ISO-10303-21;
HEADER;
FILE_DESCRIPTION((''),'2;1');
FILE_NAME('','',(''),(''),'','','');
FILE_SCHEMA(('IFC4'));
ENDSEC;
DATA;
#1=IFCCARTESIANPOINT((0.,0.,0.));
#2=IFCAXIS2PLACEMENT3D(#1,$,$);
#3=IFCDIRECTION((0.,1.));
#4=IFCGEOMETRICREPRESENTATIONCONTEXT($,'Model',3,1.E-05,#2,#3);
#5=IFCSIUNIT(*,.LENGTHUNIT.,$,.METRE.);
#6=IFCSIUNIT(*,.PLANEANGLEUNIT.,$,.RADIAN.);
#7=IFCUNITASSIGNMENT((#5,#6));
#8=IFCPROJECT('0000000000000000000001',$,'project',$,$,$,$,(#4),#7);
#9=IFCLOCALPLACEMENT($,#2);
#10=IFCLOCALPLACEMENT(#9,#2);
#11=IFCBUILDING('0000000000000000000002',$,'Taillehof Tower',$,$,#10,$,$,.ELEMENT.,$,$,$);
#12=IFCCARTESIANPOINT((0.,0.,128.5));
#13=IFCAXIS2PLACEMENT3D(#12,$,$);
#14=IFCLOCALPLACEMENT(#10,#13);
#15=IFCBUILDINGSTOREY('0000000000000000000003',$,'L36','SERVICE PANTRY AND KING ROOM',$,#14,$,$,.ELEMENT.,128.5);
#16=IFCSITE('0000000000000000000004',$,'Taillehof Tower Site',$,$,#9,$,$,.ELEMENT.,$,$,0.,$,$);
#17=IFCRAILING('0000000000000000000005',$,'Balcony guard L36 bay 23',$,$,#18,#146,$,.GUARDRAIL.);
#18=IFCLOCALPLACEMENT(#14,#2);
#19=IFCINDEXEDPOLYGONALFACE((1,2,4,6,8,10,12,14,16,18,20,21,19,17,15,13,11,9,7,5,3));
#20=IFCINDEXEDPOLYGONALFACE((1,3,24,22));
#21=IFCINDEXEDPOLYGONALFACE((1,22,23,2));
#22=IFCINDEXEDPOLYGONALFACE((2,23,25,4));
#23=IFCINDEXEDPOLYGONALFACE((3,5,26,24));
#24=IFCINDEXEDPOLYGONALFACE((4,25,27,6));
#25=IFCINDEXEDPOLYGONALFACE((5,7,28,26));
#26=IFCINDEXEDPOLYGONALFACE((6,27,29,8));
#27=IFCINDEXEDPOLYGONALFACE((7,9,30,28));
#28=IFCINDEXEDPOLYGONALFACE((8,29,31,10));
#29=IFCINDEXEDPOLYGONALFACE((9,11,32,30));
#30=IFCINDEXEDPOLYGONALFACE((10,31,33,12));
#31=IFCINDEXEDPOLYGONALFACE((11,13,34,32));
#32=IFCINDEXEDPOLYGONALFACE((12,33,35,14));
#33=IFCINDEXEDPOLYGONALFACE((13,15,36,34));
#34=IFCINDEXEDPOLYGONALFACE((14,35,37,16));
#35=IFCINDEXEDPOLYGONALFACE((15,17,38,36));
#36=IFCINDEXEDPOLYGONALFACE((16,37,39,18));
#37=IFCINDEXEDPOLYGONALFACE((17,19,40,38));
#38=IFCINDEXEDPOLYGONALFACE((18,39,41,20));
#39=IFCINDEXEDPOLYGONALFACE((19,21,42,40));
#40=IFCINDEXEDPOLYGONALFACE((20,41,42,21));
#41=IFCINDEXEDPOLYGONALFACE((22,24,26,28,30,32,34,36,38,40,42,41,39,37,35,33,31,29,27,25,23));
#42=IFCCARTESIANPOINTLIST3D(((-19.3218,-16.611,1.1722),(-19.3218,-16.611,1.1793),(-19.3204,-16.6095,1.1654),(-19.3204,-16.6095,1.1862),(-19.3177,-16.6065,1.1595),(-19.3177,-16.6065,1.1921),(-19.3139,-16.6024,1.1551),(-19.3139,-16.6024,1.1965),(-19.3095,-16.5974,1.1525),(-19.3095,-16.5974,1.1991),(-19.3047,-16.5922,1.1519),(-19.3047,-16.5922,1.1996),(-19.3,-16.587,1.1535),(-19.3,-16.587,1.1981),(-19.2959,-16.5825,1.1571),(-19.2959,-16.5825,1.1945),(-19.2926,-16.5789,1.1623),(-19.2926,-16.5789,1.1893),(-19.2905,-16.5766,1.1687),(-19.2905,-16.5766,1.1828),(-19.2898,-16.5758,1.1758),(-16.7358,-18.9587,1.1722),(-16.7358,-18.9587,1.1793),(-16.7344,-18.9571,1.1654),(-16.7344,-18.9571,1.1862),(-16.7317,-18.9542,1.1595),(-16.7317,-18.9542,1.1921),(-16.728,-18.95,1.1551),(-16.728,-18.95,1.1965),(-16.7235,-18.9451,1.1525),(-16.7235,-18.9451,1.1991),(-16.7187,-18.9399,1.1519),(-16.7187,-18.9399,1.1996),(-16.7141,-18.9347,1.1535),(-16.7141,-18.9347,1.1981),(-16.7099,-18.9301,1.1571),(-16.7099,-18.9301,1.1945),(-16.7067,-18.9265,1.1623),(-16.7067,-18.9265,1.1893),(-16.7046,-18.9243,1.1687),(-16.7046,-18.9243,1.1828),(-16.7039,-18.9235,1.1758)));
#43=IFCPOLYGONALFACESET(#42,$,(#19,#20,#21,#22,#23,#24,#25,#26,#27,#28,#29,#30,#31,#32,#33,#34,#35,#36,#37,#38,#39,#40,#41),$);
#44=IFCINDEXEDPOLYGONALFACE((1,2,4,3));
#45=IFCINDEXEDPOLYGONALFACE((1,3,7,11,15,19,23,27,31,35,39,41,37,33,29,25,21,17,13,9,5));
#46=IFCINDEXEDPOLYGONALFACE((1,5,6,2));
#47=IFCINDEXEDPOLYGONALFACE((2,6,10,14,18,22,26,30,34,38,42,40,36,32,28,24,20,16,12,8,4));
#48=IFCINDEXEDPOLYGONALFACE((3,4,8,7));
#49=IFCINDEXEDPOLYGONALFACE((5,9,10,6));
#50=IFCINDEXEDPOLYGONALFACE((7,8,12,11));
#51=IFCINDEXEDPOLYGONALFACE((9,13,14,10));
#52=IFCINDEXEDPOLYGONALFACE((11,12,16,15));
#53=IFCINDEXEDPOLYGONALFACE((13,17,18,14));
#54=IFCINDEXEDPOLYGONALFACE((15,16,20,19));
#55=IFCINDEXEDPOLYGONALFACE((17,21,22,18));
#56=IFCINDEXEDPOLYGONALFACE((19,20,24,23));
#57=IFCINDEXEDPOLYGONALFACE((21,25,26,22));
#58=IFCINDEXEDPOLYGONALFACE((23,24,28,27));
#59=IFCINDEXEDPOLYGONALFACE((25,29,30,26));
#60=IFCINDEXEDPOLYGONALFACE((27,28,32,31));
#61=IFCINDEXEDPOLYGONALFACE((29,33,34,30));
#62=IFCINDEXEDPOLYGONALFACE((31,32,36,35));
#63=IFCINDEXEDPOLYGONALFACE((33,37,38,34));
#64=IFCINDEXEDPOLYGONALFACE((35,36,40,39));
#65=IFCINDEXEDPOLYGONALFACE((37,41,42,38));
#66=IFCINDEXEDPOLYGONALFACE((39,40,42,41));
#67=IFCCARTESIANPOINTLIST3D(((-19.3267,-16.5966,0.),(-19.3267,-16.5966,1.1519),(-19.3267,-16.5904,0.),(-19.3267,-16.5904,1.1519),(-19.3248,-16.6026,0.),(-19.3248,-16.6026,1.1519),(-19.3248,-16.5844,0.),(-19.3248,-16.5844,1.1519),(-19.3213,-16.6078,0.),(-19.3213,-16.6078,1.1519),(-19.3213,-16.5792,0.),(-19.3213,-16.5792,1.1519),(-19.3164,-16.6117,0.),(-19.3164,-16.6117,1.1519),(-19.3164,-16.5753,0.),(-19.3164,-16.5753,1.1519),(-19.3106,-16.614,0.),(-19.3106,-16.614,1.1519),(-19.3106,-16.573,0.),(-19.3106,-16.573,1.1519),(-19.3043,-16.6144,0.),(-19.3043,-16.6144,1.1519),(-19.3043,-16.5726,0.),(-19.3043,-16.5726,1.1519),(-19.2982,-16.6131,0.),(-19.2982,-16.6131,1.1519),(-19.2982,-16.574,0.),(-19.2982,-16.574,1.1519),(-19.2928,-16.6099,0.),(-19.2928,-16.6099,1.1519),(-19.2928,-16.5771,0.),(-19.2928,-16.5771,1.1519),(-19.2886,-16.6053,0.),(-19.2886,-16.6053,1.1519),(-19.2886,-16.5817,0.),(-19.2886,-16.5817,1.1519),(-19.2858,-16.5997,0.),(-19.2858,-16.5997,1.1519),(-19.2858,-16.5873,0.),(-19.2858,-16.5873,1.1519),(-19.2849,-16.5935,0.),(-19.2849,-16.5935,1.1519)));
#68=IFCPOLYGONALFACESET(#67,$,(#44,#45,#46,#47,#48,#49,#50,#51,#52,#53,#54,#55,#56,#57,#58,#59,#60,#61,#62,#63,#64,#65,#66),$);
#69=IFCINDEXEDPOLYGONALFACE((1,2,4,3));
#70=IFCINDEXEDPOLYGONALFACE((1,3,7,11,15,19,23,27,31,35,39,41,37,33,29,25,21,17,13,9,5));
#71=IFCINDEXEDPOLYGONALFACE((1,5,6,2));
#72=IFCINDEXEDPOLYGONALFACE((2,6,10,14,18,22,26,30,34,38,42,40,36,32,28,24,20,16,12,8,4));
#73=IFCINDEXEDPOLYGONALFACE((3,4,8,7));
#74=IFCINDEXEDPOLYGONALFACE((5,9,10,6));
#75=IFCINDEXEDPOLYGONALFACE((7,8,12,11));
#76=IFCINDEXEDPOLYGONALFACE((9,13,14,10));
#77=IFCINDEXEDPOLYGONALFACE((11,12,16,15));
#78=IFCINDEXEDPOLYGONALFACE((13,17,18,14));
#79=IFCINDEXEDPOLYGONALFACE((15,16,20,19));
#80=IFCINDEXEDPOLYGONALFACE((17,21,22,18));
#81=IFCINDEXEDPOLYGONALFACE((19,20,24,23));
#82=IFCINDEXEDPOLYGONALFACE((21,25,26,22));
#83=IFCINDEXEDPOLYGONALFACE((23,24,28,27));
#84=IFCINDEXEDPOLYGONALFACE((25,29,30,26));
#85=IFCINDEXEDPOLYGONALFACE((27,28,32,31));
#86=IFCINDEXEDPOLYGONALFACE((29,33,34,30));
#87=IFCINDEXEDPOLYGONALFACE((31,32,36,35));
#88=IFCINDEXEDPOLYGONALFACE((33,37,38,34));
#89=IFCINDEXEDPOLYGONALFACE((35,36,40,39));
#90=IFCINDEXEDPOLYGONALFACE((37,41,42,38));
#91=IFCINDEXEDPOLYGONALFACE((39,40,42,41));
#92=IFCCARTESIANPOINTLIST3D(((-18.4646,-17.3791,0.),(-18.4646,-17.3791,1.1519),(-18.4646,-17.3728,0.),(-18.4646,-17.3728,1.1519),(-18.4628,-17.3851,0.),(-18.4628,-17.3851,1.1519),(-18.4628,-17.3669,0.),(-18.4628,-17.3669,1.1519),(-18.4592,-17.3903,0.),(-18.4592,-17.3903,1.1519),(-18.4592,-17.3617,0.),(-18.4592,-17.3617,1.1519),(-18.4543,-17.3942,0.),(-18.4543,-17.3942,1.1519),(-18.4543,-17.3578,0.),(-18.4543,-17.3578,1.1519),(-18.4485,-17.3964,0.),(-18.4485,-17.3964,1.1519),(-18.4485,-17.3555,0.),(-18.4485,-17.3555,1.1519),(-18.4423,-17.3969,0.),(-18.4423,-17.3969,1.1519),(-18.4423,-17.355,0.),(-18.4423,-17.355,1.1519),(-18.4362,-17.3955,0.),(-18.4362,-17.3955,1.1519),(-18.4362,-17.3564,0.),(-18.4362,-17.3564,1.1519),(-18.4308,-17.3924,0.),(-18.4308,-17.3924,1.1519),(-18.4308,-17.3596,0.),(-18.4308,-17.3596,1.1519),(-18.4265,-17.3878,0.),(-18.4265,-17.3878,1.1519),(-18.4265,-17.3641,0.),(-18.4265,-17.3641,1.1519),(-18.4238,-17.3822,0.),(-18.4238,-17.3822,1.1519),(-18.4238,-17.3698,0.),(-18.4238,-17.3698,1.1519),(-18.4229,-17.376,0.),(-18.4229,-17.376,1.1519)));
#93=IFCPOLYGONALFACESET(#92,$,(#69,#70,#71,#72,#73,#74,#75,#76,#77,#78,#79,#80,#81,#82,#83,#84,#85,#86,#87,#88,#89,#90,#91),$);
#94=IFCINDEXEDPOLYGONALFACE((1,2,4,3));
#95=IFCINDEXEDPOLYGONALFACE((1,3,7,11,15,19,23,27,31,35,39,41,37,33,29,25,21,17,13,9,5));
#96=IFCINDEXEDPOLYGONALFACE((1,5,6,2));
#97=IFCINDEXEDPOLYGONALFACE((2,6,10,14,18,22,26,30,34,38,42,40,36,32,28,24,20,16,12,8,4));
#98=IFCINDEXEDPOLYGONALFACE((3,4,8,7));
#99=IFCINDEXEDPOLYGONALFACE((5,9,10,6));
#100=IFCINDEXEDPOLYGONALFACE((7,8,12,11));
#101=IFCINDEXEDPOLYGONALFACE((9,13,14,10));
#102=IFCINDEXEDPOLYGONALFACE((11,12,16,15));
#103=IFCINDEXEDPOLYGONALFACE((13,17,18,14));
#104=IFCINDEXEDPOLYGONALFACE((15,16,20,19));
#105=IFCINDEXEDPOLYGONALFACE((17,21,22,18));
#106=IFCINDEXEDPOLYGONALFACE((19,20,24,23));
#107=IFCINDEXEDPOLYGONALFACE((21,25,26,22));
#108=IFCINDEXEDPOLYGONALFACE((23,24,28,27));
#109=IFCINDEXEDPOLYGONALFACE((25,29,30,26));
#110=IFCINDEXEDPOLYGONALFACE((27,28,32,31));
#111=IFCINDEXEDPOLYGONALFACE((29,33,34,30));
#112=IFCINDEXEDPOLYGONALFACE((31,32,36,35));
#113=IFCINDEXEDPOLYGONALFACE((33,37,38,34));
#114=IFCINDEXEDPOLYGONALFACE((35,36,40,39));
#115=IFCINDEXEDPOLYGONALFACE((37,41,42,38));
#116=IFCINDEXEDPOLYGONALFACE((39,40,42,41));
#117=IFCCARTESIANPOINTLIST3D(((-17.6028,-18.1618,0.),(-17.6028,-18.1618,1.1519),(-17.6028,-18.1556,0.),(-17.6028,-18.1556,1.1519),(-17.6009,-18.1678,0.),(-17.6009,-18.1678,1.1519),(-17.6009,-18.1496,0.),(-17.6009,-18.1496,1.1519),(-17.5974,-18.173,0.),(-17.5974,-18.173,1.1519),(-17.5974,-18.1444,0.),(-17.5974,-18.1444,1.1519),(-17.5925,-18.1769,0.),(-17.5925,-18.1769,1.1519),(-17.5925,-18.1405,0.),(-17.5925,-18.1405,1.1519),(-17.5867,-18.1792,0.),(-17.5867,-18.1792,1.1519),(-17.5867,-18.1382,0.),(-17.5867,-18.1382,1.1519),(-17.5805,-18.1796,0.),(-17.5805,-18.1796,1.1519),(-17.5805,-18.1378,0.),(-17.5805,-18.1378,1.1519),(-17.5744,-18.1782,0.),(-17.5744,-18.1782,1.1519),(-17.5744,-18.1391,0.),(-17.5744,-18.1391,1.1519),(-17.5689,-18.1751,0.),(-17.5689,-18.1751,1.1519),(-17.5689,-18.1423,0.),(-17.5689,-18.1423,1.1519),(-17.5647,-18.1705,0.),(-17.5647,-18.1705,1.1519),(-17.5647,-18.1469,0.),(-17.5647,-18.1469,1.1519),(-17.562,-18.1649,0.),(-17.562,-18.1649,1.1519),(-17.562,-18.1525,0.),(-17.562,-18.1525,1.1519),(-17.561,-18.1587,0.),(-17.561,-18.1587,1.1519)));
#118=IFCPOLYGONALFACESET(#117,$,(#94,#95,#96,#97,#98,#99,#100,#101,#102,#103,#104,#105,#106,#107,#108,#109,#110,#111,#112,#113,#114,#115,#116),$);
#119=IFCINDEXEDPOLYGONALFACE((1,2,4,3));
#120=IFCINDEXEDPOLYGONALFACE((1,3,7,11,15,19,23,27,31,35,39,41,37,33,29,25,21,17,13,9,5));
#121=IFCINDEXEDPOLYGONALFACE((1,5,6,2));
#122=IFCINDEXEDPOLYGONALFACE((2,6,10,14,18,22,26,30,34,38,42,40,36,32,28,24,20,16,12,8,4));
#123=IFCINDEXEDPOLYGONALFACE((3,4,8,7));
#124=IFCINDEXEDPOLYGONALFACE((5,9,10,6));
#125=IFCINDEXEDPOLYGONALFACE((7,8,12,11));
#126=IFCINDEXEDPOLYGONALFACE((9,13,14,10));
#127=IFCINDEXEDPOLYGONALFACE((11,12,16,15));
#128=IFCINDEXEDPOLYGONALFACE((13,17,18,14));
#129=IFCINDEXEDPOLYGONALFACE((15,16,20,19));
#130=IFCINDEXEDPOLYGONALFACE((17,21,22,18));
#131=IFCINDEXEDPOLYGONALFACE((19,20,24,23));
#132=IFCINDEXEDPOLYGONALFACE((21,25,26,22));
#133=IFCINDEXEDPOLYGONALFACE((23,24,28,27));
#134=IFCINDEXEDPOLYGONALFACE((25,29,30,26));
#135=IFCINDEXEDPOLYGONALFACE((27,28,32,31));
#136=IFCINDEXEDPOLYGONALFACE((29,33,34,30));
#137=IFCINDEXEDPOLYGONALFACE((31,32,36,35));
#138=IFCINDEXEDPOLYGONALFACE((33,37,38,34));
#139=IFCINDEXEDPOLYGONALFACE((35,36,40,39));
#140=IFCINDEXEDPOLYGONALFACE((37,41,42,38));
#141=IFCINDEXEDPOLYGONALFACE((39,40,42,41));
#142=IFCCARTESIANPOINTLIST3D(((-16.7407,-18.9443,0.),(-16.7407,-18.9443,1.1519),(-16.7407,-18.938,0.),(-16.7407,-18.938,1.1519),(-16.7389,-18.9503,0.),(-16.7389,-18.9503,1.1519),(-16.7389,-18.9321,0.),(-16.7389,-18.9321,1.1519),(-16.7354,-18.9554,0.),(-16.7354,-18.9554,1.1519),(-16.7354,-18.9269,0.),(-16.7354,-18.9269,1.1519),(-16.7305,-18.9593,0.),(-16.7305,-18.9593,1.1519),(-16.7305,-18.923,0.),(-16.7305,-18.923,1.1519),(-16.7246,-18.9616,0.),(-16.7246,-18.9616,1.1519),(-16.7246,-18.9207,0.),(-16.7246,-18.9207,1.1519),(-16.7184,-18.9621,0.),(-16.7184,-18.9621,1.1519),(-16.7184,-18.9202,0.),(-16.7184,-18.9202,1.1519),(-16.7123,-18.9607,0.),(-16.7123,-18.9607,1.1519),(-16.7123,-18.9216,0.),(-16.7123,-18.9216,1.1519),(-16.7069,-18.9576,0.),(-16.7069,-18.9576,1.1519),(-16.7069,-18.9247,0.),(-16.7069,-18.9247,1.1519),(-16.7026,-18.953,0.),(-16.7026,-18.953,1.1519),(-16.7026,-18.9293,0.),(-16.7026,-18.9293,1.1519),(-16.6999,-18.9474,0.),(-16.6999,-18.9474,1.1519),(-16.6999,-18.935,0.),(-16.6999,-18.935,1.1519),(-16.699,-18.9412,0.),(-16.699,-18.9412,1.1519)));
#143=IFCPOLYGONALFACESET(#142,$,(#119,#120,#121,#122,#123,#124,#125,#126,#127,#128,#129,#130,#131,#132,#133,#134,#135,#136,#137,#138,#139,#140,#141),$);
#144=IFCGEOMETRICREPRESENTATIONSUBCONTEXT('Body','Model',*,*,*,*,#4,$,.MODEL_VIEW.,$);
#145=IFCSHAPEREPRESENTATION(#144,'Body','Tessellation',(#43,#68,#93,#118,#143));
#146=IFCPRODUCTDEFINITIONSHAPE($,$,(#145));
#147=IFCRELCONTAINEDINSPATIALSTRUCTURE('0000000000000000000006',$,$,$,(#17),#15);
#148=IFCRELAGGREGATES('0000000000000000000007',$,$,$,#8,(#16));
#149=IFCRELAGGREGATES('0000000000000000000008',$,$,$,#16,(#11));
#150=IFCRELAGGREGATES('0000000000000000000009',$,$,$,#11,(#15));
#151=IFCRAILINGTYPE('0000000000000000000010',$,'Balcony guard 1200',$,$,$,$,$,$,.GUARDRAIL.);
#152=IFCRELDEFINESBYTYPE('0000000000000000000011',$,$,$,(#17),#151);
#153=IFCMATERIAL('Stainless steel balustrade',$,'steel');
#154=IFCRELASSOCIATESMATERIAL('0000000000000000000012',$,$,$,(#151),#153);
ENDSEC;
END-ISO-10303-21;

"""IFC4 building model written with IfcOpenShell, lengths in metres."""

from ifc_helpers import new_model, si_unit, direction, frame, origin, origin_2d, place, context, subcontext, project, spatial, circle, extrude, material, type_object, element, save


model = new_model("IFC4")

# Units and contexts
model_context = context("Model", 3, precision=1e-05, world=origin(), true_north=direction((0.0, 1.0)))
body_context = subcontext(model_context, "Body", "Model", "MODEL_VIEW")
ifc_project = project(units=[si_unit("LENGTHUNIT", "METRE"), si_unit("PLANEANGLEUNIT", "RADIAN")], contexts=[model_context])

# Site, building, storey
site_placement = place(None, origin())
site = spatial("IfcSite", under=ifc_project, at=site_placement, Name="Taillehof Tower Site", CompositionType="ELEMENT", RefElevation=0.0)
building_placement = place(site_placement, origin())
building = spatial("IfcBuilding", under=site, at=building_placement, Name="Taillehof Tower", CompositionType="ELEMENT")
storey_placement = place(building_placement, frame((0.0, 0.0, 128.5)))
storey = spatial("IfcBuildingStorey", under=building, at=storey_placement, Name="L36", Description="SERVICE PANTRY AND KING ROOM", CompositionType="ELEMENT", Elevation=128.5)

# Railing
ifc_material_1 = material(Name="Stainless steel balustrade", Category="steel")
railing_type = type_object("IfcRailingType", Name="Balcony guard 1200", PredefinedType="GUARDRAIL", material=ifc_material_1)
railing_1_placement = place(storey_placement, frame((-19.3059, -16.5935, 0.0)))
element("IfcRailing", 1, at=railing_1_placement, inside=storey, type_object=railing_type, Name="Balcony guard L36 bay 23", PredefinedType="GUARDRAIL", context=body_context, shape_type="SweptSolid", body=[
    extrude(circle(Radius=0.0239, at=origin_2d()), frame((0.0, 0.0, 1.1758), z_axis=(0.740395, -0.672172, 0.0), x_axis=(0.672172, 0.740395, 0.0)), (0.0, 0.0, 1.0), 3.4927),
    extrude(circle(Radius=0.021, at=origin_2d()), origin(), (0.0, 0.0, 1.0), 1.1519),
    extrude(circle(Radius=0.021, at=origin_2d()), frame((0.8621, -0.7825, 0.0)), (0.0, 0.0, 1.0), 1.1519),
    extrude(circle(Radius=0.021, at=origin_2d()), frame((1.7239, -1.5652, 0.0)), (0.0, 0.0, 1.0), 1.1519),
    extrude(circle(Radius=0.021, at=origin_2d()), frame((2.5859, -2.3477, 0.0)), (0.0, 0.0, 1.0), 1.1519),
])

save(model, "model.ifc")
